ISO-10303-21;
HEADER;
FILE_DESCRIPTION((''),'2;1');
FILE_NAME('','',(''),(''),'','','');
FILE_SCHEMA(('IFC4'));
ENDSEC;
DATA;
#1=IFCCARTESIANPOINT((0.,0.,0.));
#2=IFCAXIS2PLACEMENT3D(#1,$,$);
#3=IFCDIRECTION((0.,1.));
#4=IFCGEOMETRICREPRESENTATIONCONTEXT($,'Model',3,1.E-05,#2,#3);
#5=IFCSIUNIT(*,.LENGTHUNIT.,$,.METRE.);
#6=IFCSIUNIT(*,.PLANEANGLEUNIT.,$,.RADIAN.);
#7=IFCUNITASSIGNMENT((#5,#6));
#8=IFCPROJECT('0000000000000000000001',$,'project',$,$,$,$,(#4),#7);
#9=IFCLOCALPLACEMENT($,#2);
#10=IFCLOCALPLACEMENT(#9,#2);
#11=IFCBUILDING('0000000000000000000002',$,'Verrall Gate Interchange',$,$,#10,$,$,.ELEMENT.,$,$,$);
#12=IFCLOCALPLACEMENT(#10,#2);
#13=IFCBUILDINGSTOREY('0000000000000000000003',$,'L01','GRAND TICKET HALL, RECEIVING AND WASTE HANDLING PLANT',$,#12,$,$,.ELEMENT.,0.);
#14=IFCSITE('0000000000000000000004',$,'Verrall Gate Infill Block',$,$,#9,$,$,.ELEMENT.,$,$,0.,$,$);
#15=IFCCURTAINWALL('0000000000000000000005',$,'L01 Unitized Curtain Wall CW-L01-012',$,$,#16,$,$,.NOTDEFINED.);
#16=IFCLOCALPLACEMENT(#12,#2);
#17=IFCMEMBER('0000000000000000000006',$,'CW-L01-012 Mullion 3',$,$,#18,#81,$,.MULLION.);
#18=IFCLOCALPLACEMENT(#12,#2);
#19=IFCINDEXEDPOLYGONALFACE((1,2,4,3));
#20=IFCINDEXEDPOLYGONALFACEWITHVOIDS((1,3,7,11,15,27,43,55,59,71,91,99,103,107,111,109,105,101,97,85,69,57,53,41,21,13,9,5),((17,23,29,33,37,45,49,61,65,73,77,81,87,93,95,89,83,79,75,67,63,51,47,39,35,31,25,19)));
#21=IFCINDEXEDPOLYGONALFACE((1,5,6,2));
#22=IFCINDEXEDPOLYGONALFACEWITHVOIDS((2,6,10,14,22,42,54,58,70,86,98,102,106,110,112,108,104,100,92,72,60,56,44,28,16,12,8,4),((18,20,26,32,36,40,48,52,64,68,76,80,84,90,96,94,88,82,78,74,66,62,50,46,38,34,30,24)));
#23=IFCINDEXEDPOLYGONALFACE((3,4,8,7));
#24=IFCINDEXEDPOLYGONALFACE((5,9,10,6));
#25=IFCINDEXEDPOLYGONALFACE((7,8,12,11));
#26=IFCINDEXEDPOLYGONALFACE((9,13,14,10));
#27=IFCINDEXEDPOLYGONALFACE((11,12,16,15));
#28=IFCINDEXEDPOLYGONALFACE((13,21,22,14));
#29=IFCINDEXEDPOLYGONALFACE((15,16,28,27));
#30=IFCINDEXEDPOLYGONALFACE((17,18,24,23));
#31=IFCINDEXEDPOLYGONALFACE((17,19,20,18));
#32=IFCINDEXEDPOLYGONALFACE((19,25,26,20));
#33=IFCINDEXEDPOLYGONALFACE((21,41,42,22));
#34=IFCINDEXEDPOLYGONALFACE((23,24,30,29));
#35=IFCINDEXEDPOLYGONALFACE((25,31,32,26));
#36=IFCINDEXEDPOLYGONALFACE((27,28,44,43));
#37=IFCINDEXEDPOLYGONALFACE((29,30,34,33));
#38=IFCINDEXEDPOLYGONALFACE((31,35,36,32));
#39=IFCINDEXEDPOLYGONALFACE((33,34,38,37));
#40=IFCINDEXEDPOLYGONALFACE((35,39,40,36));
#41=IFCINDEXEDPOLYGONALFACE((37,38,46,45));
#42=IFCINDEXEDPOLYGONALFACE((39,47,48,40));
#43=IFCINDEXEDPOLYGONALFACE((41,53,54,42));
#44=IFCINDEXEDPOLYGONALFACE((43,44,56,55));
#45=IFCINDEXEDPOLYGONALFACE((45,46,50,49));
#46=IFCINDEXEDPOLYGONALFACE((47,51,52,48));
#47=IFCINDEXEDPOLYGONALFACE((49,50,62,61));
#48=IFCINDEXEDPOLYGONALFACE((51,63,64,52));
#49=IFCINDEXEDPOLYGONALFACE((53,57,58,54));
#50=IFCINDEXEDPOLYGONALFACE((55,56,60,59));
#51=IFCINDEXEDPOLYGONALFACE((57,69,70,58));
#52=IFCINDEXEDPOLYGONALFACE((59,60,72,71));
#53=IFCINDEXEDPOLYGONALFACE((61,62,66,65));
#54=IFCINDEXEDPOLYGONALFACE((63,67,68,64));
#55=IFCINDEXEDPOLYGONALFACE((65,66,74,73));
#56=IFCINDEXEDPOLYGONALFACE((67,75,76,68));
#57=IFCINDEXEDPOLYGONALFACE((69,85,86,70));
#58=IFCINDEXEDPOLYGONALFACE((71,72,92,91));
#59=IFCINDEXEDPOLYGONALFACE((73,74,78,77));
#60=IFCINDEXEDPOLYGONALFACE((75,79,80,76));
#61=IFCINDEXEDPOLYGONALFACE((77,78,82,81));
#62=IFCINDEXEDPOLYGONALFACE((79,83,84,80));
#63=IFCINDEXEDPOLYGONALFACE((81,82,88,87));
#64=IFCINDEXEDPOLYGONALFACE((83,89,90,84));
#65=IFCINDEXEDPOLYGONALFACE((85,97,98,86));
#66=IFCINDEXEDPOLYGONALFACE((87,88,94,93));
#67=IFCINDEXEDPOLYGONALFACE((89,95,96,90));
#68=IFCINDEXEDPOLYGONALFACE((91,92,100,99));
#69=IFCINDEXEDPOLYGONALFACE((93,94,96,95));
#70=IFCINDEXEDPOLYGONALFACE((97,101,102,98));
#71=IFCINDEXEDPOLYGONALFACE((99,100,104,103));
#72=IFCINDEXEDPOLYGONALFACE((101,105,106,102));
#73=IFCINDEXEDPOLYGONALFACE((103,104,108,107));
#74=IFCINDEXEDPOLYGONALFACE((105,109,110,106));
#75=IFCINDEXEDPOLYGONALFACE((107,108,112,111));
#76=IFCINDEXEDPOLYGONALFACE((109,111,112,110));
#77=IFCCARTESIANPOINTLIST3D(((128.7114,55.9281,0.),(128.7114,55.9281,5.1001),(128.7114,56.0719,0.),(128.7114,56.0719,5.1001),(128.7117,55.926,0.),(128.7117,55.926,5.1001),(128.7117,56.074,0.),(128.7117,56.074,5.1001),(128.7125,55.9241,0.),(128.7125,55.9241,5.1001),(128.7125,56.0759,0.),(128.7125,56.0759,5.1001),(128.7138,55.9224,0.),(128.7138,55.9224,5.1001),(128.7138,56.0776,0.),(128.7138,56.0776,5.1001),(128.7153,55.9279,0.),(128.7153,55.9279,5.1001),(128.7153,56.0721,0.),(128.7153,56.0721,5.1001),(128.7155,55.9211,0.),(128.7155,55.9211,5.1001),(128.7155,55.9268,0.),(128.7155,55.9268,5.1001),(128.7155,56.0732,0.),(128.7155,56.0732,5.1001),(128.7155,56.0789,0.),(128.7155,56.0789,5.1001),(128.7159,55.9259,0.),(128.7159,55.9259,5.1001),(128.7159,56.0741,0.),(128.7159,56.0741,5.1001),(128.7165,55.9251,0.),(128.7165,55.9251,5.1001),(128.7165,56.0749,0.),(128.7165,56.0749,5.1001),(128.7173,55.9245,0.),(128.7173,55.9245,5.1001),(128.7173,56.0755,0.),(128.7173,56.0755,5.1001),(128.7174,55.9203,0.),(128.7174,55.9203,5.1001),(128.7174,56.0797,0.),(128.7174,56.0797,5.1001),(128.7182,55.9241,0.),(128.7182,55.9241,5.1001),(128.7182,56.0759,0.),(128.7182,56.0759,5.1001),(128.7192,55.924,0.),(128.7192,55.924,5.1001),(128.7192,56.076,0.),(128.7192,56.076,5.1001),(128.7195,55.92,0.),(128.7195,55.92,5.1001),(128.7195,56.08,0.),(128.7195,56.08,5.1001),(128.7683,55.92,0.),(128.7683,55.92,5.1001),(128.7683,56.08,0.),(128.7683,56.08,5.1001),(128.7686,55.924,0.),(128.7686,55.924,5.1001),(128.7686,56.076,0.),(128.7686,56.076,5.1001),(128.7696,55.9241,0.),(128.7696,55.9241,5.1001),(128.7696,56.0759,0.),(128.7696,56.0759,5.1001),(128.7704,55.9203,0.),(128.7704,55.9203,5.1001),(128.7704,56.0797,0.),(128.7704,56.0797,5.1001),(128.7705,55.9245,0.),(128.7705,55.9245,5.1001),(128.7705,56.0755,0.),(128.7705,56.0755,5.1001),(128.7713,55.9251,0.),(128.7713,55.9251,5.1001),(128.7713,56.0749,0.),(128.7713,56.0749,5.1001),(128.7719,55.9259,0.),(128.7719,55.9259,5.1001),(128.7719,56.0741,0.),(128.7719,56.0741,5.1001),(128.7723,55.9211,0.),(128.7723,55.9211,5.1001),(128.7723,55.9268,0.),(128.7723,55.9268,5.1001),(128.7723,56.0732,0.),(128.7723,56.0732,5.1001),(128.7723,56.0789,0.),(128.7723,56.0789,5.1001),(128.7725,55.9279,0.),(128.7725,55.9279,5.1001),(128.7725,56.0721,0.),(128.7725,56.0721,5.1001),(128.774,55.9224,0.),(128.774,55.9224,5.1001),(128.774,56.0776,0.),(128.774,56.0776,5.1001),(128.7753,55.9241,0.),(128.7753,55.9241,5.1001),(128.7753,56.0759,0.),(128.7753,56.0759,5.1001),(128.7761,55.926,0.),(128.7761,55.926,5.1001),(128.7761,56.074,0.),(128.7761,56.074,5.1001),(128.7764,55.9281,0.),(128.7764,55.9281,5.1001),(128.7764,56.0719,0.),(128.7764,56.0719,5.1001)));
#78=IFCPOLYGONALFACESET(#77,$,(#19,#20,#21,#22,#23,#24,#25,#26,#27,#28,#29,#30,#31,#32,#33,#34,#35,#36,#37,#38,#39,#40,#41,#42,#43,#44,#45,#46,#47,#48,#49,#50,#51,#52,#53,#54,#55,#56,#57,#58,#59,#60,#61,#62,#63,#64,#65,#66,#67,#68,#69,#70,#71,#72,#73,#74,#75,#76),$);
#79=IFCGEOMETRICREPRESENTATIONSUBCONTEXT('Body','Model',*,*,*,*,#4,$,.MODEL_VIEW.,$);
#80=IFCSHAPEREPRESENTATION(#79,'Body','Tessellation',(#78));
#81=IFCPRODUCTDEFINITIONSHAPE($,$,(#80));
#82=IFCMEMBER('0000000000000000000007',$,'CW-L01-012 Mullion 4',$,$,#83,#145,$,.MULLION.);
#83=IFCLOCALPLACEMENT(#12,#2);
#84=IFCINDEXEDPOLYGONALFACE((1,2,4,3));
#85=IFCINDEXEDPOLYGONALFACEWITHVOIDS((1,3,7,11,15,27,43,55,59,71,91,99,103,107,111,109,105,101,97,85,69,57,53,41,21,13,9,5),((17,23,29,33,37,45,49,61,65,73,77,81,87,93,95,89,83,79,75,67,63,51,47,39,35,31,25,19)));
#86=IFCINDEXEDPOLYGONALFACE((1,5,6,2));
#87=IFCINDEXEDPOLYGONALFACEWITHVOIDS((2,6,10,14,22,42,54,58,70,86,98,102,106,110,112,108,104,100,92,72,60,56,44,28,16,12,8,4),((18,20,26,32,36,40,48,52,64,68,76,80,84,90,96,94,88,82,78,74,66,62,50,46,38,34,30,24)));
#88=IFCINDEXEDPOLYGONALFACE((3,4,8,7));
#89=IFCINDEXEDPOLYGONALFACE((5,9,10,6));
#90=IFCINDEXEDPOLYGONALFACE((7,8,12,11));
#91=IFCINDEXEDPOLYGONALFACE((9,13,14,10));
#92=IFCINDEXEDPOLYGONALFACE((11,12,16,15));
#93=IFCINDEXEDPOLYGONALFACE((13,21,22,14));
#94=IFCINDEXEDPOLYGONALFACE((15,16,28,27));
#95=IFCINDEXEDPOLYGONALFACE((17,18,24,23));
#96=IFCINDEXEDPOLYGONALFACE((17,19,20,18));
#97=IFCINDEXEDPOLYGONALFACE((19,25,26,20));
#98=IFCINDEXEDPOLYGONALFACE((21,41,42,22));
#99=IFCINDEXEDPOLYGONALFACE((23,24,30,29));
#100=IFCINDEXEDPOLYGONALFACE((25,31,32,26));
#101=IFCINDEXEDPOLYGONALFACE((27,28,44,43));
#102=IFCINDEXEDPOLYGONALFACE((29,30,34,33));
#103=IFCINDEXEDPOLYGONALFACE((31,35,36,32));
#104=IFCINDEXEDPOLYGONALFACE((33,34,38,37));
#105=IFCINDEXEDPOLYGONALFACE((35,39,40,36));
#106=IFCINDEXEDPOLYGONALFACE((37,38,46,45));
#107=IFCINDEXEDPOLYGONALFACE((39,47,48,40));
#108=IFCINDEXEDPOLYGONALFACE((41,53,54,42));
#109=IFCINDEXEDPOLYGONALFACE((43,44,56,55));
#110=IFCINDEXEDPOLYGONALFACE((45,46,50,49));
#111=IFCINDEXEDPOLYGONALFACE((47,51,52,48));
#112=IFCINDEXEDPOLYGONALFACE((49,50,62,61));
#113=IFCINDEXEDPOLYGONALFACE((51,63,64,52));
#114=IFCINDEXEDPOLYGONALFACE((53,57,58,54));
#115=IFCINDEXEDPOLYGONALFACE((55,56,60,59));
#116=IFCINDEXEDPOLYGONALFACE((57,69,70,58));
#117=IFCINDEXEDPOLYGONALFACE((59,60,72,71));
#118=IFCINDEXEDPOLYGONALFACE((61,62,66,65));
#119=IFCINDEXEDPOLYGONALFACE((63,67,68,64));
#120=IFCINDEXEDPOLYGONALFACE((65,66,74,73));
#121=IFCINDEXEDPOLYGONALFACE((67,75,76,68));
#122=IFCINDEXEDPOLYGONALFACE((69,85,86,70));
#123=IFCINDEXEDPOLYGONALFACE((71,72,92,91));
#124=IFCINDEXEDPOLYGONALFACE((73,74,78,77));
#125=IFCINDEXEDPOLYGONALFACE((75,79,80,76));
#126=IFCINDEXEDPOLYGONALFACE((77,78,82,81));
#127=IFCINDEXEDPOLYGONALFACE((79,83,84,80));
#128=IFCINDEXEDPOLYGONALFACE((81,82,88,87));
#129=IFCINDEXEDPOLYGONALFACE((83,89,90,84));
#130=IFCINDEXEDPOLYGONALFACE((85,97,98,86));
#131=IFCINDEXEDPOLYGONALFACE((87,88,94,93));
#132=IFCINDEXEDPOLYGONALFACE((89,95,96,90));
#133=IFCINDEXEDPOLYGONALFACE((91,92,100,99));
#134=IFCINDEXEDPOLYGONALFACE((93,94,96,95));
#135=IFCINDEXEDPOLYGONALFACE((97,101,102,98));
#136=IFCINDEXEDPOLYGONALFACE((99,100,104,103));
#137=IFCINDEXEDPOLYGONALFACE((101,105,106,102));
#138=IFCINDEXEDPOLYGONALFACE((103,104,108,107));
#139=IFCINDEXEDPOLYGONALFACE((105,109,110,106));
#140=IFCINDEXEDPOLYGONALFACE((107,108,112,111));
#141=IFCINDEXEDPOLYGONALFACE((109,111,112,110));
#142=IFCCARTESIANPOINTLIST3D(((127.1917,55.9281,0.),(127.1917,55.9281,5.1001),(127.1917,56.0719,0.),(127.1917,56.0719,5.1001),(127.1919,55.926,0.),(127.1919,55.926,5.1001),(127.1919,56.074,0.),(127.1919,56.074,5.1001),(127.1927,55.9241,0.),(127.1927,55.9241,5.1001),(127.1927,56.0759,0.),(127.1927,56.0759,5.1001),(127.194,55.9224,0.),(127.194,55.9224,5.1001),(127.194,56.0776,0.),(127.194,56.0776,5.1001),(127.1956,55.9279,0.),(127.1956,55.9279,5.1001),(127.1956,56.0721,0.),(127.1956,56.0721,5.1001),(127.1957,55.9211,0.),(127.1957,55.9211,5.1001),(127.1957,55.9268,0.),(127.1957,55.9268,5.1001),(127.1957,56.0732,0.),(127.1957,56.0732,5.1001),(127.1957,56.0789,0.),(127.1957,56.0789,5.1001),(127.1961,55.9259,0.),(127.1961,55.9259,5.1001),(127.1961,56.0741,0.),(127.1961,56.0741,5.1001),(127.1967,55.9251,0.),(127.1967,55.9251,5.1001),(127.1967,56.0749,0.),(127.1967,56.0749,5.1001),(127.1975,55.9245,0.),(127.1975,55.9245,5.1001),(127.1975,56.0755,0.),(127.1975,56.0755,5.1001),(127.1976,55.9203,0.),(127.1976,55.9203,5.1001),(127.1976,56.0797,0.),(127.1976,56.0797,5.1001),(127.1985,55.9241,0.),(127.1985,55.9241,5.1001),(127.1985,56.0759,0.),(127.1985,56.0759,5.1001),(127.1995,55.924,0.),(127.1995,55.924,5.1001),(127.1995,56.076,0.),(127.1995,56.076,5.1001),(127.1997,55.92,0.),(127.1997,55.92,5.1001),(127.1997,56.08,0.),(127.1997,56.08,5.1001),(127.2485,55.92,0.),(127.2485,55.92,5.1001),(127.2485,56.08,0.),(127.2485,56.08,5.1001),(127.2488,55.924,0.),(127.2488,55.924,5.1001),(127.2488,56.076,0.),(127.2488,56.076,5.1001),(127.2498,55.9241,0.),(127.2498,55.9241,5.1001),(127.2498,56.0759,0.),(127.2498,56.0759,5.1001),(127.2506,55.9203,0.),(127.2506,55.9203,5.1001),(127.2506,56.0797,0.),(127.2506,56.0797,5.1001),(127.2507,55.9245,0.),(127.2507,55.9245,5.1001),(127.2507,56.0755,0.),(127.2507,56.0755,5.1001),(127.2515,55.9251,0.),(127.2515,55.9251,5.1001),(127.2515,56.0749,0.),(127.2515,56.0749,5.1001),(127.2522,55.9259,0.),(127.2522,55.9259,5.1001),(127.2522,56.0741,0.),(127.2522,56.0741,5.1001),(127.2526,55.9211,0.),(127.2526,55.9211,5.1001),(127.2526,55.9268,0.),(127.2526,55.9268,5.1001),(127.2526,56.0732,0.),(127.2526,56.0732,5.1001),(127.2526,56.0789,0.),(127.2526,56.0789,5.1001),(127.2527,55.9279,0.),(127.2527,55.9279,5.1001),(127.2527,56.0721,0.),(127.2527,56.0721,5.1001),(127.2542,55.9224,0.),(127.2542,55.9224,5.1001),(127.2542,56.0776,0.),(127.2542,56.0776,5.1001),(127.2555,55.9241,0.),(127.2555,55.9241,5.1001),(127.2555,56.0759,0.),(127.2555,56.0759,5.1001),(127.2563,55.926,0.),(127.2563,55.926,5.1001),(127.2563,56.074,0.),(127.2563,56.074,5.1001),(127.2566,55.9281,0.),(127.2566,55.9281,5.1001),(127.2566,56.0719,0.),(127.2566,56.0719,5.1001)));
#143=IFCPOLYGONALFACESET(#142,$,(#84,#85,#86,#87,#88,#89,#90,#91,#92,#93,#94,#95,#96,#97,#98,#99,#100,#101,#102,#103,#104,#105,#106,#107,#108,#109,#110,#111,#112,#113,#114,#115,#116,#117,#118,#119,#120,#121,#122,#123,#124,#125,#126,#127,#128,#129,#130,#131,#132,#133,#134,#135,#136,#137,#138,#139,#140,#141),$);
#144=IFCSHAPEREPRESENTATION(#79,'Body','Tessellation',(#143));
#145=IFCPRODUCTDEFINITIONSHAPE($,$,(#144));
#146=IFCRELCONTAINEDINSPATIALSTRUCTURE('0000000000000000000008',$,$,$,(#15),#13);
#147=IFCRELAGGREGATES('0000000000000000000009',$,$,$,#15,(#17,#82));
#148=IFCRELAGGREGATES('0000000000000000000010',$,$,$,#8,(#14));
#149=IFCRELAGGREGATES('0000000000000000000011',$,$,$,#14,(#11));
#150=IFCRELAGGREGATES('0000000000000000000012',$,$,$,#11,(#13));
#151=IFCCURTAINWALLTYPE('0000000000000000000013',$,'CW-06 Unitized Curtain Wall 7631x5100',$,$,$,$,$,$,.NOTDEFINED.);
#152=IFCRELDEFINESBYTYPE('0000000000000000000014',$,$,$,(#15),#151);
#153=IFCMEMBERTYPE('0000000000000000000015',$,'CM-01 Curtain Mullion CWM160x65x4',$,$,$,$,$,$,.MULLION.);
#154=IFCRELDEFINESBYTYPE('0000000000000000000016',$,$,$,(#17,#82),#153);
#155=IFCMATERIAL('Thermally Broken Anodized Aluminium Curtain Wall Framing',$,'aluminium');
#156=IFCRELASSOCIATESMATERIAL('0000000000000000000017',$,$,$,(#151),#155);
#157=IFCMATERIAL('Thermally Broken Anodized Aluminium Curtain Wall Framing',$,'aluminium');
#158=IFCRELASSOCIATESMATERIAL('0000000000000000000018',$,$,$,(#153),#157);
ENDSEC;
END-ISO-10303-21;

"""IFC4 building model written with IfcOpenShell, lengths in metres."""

from ifc_helpers import new_model, si_unit, direction, frame, origin, origin_2d, place, context, subcontext, project, spatial, hollow_rectangle, extrude, material, material_profile, profile_set, type_object, element, aggregate, save


model = new_model("IFC4")

# Units and contexts
model_context = context("Model", 3, precision=1e-05, world=origin(), true_north=direction((0.0, 1.0)))
body_context = subcontext(model_context, "Body", "Model", "MODEL_VIEW")
ifc_project = project(units=[si_unit("LENGTHUNIT", "METRE"), si_unit("PLANEANGLEUNIT", "RADIAN")], contexts=[model_context])

# Site, building, storey
site_placement = place(None, origin())
site = spatial("IfcSite", under=ifc_project, at=site_placement, Name="Verrall Gate Infill Block", CompositionType="ELEMENT", RefElevation=0.0)
building_placement = place(site_placement, origin())
building = spatial("IfcBuilding", under=site, at=building_placement, Name="Verrall Gate Interchange", CompositionType="ELEMENT")
storey_placement = place(building_placement, origin())
storey = spatial("IfcBuildingStorey", under=building, at=storey_placement, Name="L01", Description="GRAND TICKET HALL, RECEIVING AND WASTE HANDLING PLANT", CompositionType="ELEMENT", Elevation=0.0)

# Curtain wall, members
ifc_material_1 = material(Name="Thermally Broken Anodized Aluminium Curtain Wall Framing", Category="aluminium")
curtain_wall_type = type_object("IfcCurtainWallType", Name="CW-06 Unitized Curtain Wall 7631x5100", PredefinedType="NOTDEFINED", material=ifc_material_1)
curtain_wall_1_placement = place(storey_placement, origin())
curtain_wall_1 = element("IfcCurtainWall", 1, at=curtain_wall_1_placement, inside=storey, type_object=curtain_wall_type, Name="L01 Unitized Curtain Wall CW-L01-012", PredefinedType="NOTDEFINED")
ifc_material_2 = material(Name="Thermally Broken Anodized Aluminium Curtain Wall Framing", Category="aluminium")
ifc_material_profile_1 = material_profile(ifc_material_2, hollow_rectangle(XDim=0.0649, YDim=0.1599, WallThickness=0.0039, InnerFilletRadius=0.0039, OuterFilletRadius=0.0081, at=origin_2d()), Name="CWM160x65x4")
ifc_profile_set_1 = profile_set([ifc_material_profile_1], Name="Thermally Broken Anodized Aluminium Curtain Wall Framing")
member_type_1 = type_object("IfcMemberType", Name="CM-01 Curtain Mullion CWM160x65x4", PredefinedType="MULLION", material=ifc_profile_set_1)
member_1_placement = place(storey_placement, frame((128.7439, 56.0, 0.0), z_axis=(0.0, 0.0, 1.0), x_axis=(-1.0, 0.0, 0.0)))
member_1 = element("IfcMember", 2, at=member_1_placement, type_object=member_type_1, Name="CW-L01-012 Mullion 3", PredefinedType="MULLION", context=body_context, shape_type="SweptSolid", body=[
    extrude(hollow_rectangle(XDim=0.0649, YDim=0.1599, WallThickness=0.0039, InnerFilletRadius=0.0039, OuterFilletRadius=0.0081, at=origin_2d()), origin(), (0.0, 0.0, 1.0), 5.1001),
])
member_2_placement = place(storey_placement, frame((127.2241, 56.0, 0.0), z_axis=(0.0, 0.0, 1.0), x_axis=(-1.0, 0.0, 0.0)))
member_2 = element("IfcMember", 3, at=member_2_placement, type_object=member_type_1, Name="CW-L01-012 Mullion 4", PredefinedType="MULLION", context=body_context, shape_type="SweptSolid", body=[
    extrude(hollow_rectangle(XDim=0.0649, YDim=0.1599, WallThickness=0.0039, InnerFilletRadius=0.0039, OuterFilletRadius=0.0081, at=origin_2d()), origin(), (0.0, 0.0, 1.0), 5.1001),
])

aggregate(curtain_wall_1, [member_1, member_2])

save(model, "model.ifc")
